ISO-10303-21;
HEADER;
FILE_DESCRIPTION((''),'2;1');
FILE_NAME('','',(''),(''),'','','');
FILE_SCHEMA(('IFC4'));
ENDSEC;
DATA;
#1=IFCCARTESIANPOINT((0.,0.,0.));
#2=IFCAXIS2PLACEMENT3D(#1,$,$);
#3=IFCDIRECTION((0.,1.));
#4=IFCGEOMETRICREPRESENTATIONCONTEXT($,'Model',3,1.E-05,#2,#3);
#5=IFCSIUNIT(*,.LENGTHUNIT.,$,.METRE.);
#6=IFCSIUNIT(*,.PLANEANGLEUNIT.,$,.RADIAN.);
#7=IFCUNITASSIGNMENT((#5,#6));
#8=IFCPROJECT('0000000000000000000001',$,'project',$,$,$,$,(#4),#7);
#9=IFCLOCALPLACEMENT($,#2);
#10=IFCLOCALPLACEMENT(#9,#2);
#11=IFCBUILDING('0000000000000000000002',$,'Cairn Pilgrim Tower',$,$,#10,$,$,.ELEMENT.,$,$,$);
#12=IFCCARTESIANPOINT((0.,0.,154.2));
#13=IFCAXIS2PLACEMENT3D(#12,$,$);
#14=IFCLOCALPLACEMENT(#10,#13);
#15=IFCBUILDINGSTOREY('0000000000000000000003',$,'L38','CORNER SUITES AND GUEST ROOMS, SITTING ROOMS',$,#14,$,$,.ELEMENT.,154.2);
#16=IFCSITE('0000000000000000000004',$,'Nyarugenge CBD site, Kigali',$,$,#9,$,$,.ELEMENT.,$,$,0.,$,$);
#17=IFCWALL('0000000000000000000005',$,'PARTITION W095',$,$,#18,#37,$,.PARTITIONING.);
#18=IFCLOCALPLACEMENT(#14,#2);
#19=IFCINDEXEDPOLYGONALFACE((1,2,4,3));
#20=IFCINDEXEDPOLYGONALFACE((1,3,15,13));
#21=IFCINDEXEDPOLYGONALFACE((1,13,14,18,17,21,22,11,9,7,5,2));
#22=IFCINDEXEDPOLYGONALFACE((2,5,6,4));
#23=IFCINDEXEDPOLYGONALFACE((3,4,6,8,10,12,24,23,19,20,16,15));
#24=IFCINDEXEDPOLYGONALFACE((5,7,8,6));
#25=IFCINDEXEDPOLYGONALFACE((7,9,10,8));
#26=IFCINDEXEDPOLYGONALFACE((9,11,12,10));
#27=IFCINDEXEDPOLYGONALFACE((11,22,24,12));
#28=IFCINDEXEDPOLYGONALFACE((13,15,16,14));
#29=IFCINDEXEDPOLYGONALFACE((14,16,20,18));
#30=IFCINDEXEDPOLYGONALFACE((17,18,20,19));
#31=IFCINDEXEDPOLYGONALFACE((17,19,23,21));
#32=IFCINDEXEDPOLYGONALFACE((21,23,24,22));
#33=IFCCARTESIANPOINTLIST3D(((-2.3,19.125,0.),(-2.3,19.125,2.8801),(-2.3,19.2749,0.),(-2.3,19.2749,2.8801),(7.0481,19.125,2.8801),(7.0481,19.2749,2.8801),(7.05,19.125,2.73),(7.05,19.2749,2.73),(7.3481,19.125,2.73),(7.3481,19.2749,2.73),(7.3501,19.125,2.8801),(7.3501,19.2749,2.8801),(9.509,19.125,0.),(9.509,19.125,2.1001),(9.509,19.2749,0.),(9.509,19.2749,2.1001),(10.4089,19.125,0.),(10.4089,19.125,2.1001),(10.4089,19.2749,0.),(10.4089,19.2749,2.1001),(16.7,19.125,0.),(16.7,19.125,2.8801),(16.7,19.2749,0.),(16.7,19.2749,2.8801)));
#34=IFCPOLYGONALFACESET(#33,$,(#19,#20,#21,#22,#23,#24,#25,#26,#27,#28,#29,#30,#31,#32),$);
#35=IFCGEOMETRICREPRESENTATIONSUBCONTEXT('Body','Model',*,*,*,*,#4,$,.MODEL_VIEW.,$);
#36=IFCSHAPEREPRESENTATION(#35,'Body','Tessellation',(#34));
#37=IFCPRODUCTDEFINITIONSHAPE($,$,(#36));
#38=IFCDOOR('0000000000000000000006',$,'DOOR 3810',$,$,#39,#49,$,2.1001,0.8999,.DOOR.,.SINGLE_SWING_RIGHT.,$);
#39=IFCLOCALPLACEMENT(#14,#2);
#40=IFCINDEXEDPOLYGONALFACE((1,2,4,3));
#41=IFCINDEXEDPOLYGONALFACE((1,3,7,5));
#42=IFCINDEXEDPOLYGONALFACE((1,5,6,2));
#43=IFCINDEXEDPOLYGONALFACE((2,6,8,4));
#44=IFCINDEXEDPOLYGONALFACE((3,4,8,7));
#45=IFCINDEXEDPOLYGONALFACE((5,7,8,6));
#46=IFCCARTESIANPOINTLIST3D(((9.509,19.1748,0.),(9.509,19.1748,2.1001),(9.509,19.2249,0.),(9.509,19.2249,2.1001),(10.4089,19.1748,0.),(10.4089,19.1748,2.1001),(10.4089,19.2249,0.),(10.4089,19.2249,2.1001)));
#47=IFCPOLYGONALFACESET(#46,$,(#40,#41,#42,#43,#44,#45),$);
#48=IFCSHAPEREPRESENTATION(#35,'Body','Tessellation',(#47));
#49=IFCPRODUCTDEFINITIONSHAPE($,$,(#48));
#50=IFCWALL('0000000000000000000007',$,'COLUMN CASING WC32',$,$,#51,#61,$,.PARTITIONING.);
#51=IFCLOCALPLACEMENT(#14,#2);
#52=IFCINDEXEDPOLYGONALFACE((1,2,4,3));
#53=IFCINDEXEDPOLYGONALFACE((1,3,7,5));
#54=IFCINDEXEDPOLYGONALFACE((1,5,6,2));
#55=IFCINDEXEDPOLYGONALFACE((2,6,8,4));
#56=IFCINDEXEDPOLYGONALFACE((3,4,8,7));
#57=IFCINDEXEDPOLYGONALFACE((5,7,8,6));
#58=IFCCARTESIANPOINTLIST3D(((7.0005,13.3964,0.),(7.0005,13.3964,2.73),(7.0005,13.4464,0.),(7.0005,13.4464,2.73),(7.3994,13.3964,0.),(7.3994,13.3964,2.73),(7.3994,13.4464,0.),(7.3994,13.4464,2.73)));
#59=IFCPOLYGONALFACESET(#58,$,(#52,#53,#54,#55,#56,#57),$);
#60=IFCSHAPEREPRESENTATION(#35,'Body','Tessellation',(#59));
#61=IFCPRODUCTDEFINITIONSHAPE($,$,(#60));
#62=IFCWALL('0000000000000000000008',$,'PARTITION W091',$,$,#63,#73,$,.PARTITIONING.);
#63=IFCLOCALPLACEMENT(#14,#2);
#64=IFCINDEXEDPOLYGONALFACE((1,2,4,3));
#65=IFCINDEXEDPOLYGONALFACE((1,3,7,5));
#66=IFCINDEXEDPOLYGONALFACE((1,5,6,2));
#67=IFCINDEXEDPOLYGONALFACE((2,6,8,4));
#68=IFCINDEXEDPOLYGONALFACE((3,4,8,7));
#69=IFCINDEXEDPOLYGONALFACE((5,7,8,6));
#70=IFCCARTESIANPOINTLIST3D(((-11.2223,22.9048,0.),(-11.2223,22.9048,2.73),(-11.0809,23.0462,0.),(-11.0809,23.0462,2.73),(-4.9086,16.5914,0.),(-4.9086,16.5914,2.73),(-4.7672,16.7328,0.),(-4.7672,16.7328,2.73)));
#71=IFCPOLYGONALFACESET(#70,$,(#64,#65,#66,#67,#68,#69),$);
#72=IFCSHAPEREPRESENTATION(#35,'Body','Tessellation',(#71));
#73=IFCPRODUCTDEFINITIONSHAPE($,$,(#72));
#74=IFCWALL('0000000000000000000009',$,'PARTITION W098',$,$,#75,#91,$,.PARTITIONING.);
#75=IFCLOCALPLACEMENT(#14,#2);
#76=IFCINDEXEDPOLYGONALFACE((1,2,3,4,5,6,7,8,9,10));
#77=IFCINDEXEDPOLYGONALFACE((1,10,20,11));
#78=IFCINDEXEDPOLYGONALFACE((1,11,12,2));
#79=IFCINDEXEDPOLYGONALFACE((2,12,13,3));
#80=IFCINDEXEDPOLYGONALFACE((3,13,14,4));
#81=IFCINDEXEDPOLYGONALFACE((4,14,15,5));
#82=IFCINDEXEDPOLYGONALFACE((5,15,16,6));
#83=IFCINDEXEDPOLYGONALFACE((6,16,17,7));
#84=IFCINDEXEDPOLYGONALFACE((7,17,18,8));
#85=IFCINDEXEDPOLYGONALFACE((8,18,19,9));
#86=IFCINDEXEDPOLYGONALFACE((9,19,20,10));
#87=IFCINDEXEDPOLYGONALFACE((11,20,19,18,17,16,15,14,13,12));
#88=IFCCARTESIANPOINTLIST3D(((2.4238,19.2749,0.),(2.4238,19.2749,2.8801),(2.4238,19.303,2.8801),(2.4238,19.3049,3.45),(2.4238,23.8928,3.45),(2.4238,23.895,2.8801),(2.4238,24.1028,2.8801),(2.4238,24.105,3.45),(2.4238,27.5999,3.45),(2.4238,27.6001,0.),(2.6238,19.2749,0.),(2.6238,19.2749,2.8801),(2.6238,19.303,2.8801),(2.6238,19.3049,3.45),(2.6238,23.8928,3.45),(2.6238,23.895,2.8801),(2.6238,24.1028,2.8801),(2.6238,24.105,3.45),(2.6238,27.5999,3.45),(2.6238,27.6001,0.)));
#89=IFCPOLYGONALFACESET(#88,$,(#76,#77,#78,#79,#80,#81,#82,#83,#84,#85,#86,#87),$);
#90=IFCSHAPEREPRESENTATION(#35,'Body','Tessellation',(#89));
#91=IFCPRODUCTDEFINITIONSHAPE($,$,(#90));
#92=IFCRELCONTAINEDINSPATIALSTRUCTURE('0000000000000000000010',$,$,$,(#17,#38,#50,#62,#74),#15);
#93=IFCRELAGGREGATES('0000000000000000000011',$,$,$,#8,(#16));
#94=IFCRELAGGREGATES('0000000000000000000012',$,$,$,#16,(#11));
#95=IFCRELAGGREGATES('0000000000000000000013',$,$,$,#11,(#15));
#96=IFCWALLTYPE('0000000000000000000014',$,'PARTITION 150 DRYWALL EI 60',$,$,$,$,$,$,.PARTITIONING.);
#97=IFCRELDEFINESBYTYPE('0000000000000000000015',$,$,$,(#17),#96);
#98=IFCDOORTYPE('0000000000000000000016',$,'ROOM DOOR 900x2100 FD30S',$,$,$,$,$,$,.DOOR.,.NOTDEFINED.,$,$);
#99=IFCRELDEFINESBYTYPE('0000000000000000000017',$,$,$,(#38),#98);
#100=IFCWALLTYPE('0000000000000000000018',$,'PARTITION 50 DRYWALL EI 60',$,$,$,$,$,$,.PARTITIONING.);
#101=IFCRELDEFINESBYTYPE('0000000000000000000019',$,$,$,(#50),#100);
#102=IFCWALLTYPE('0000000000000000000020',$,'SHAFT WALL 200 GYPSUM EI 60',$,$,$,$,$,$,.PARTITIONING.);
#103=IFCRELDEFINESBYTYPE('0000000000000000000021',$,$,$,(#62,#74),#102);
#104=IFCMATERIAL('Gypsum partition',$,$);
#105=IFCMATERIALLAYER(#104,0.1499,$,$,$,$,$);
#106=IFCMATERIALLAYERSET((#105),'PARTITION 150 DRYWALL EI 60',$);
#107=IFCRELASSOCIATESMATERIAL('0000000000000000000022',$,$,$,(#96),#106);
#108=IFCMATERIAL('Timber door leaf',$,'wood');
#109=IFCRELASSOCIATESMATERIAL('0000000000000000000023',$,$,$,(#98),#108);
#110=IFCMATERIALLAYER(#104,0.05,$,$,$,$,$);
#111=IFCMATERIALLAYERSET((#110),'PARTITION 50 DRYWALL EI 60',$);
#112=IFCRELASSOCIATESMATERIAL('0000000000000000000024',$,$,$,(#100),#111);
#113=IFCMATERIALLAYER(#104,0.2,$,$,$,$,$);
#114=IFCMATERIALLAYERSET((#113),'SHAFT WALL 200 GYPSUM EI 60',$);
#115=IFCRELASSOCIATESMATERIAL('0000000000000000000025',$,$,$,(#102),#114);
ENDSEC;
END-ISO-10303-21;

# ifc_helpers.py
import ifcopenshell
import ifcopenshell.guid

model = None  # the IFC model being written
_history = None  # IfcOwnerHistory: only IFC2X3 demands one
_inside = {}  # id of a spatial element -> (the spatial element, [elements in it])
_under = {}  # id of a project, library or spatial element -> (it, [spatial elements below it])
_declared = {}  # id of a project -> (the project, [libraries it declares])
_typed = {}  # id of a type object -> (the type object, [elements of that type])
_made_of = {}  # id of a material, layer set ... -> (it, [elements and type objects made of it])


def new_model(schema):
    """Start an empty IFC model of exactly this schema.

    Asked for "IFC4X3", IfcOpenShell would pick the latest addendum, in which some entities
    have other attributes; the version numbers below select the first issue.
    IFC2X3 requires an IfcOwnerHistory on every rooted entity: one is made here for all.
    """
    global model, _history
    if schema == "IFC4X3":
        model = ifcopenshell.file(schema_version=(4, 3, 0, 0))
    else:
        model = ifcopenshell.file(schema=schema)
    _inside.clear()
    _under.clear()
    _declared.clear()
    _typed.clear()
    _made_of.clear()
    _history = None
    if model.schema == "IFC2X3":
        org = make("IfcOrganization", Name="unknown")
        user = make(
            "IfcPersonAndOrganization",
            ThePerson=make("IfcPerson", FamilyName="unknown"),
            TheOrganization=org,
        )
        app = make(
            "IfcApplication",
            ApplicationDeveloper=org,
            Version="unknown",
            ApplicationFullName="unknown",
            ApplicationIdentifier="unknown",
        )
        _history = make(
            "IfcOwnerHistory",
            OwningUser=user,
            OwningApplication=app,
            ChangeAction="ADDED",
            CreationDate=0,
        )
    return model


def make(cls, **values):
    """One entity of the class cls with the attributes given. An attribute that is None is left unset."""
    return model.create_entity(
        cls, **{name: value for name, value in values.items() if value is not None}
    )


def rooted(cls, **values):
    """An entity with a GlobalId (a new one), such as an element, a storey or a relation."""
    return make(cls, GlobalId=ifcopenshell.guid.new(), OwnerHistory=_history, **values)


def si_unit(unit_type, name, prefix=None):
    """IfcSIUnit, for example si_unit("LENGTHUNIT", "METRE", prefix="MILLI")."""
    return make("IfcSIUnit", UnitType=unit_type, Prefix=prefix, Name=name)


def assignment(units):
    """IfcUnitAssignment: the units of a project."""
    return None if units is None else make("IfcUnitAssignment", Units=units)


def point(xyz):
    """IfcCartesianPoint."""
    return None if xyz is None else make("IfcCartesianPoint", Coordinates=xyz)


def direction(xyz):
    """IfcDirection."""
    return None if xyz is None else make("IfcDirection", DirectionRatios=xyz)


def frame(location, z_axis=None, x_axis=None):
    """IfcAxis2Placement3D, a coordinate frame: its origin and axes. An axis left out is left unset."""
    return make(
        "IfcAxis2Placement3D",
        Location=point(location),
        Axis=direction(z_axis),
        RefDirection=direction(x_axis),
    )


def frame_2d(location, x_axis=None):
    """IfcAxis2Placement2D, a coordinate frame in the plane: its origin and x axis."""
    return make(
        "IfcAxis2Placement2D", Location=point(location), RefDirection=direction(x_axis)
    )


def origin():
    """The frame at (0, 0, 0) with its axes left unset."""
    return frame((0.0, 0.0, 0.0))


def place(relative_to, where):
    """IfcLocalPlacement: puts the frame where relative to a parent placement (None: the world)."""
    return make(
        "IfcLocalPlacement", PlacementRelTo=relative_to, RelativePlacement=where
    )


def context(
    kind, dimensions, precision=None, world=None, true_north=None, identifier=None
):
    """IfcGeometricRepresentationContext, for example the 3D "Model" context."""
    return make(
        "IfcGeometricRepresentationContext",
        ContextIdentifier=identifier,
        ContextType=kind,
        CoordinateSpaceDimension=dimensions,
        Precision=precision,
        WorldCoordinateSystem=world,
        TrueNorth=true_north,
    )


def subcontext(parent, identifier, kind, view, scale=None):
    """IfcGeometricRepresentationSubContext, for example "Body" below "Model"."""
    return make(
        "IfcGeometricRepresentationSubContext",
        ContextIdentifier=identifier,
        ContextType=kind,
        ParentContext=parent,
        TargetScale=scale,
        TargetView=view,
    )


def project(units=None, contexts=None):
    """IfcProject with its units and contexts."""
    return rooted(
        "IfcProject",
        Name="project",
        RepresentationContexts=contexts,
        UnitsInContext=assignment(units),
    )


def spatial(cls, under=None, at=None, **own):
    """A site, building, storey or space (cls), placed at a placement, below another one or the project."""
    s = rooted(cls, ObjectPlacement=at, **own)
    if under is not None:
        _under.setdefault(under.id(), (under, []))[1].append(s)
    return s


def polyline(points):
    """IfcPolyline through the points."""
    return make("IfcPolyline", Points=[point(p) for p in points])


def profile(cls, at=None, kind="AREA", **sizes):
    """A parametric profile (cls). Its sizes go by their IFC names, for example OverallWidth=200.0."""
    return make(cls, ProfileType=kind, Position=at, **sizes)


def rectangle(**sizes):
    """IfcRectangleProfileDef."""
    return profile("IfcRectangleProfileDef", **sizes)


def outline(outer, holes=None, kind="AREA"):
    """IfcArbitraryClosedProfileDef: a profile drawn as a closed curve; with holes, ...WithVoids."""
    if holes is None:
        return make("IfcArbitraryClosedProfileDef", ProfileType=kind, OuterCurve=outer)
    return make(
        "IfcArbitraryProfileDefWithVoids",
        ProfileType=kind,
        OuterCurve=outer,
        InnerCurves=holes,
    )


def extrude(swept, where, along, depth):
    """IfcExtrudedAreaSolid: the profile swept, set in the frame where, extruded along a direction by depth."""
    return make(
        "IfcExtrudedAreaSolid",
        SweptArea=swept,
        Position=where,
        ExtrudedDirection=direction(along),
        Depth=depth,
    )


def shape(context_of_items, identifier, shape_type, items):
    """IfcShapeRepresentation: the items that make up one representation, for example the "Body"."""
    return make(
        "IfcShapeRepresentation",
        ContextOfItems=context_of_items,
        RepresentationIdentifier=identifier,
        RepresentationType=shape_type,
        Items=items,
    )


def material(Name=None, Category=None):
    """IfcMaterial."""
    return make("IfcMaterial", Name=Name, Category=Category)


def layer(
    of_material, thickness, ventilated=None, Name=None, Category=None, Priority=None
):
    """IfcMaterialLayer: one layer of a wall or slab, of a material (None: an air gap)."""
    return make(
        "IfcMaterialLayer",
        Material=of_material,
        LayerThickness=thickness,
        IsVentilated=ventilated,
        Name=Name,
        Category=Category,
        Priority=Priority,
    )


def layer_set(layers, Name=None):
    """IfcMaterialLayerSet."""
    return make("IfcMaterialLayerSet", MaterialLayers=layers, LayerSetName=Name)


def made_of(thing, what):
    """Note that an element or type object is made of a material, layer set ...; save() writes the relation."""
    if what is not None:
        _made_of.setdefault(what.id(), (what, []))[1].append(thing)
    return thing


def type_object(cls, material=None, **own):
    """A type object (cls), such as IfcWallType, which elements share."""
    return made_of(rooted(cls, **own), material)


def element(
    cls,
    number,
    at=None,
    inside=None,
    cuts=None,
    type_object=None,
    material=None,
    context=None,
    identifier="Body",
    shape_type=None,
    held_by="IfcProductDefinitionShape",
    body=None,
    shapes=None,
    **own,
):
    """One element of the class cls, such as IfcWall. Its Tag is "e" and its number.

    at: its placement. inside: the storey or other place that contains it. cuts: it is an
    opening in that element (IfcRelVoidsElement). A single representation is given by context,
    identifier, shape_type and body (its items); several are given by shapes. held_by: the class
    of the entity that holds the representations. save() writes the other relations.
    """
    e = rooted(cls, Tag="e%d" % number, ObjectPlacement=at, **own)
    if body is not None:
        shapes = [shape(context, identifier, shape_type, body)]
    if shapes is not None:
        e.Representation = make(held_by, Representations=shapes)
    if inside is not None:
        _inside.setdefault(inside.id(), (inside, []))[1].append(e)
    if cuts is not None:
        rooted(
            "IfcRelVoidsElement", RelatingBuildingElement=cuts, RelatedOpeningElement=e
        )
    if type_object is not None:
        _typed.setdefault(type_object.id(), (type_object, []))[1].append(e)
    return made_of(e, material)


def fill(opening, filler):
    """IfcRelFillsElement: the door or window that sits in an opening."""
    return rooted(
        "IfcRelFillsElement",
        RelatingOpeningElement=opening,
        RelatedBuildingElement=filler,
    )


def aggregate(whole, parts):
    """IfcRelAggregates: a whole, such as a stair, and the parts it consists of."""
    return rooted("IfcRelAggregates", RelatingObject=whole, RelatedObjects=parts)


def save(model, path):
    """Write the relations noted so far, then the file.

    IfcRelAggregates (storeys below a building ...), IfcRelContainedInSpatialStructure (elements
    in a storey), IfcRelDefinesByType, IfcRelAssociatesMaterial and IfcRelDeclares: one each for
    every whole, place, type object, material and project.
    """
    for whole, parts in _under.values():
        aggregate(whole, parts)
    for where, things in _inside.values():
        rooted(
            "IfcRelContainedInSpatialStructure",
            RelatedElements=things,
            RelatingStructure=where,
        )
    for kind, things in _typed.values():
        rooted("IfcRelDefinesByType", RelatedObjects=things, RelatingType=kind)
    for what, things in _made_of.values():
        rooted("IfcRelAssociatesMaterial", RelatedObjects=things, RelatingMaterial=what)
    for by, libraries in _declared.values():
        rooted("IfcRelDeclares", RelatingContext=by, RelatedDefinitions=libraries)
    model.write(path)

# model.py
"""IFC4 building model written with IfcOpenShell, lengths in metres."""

from ifc_helpers import new_model, si_unit, direction, frame, frame_2d, origin, place, context, subcontext, project, spatial, polyline, rectangle, outline, extrude, material, layer, layer_set, type_object, element, fill, save


model = new_model("IFC4")

# Units and contexts
model_context = context("Model", 3, precision=1e-05, world=origin(), true_north=direction((0.0, 1.0)))
body_context = subcontext(model_context, "Body", "Model", "MODEL_VIEW")
ifc_project = project(units=[si_unit("LENGTHUNIT", "METRE"), si_unit("PLANEANGLEUNIT", "RADIAN")], contexts=[model_context])

# Site, building, storey
site_placement = place(None, origin())
site = spatial("IfcSite", under=ifc_project, at=site_placement, Name="Nyarugenge CBD site, Kigali", CompositionType="ELEMENT", RefElevation=0.0)
building_placement = place(site_placement, origin())
building = spatial("IfcBuilding", under=site, at=building_placement, Name="Cairn Pilgrim Tower", CompositionType="ELEMENT")
storey_placement = place(building_placement, frame((0.0, 0.0, 154.2)))
storey = spatial("IfcBuildingStorey", under=building, at=storey_placement, Name="L38", Description="CORNER SUITES AND GUEST ROOMS, SITTING ROOMS", CompositionType="ELEMENT", Elevation=154.2)

# Shared definitions
ifc_material_1 = material(Name="Gypsum partition")

# Shared definitions
ifc_material_2 = material(Name="Timber door leaf", Category="wood")

# Shared definitions
ifc_layer_1 = layer(ifc_material_1, 0.1499)
ifc_layer_set_1 = layer_set([ifc_layer_1], Name="PARTITION 150 DRYWALL EI 60")
wall_type_1 = type_object("IfcWallType", Name="PARTITION 150 DRYWALL EI 60", PredefinedType="PARTITIONING", material=ifc_layer_set_1)

# Wall, opening, door
wall_1_placement = place(storey_placement, frame((-2.3, 19.2, 0.0), z_axis=(0.0, 0.0, 1.0), x_axis=(1.0, 0.0, 0.0)))
wall_1 = element("IfcWall", 1, at=wall_1_placement, inside=storey, type_object=wall_type_1, Name="PARTITION W095", PredefinedType="PARTITIONING", context=body_context, shape_type="SweptSolid", body=[
    extrude(outline(polyline([(0.0, 0.0), (19.0, 0.0), (19.0, 2.8801), (9.6501, 2.8801), (9.6482, 2.73), (9.3501, 2.73), (9.3481, 2.8801), (0.0, 2.8801), (0.0, 0.0)])), frame((0.0, 0.075, 0.0), z_axis=(0.0, -1.0, 0.0), x_axis=(1.0, 0.0, 0.0)), (0.0, 0.0, 1.0), 0.1499),
])
opening_1_placement = place(wall_1_placement, frame((11.8091, 0.0, 0.0)))
opening_1 = element("IfcOpeningElement", 2, at=opening_1_placement, cuts=wall_1, PredefinedType="OPENING", context=body_context, shape_type="SweptSolid", body=[
    extrude(rectangle(XDim=0.8999, YDim=2.1001, at=frame_2d((0.45, 1.05))), frame((0.0, 0.085, 0.0), z_axis=(0.0, -1.0, 0.0), x_axis=(1.0, 0.0, 0.0)), (0.0, 0.0, 1.0), 0.1699),
])
door_type_1 = type_object("IfcDoorType", Name="ROOM DOOR 900x2100 FD30S", OperationType="NOTDEFINED", PredefinedType="DOOR", material=ifc_material_2)
door_1_placement = place(opening_1_placement, origin())
door_1 = element("IfcDoor", 3, at=door_1_placement, inside=storey, type_object=door_type_1, Name="DOOR 3810", OperationType="SINGLE_SWING_RIGHT", OverallHeight=2.1001, OverallWidth=0.8999, PredefinedType="DOOR", context=body_context, shape_type="SweptSolid", body=[
    extrude(rectangle(XDim=0.8999, YDim=2.1001, at=frame_2d((0.45, 1.05))), frame((0.0, 0.0249, 0.0), z_axis=(0.0, -1.0, 0.0), x_axis=(1.0, 0.0, 0.0)), (0.0, 0.0, 1.0), 0.05),
])
fill(opening_1, door_1)

# Walls
ifc_layer_2 = layer(ifc_material_1, 0.05)
ifc_layer_set_2 = layer_set([ifc_layer_2], Name="PARTITION 50 DRYWALL EI 60")
wall_type_2 = type_object("IfcWallType", Name="PARTITION 50 DRYWALL EI 60", PredefinedType="PARTITIONING", material=ifc_layer_set_2)
wall_2_placement = place(storey_placement, frame((7.0005, 13.4214, 0.0), z_axis=(0.0, 0.0, 1.0), x_axis=(1.0, 0.0, 0.0)))
element("IfcWall", 4, at=wall_2_placement, inside=storey, type_object=wall_type_2, Name="COLUMN CASING WC32", PredefinedType="PARTITIONING", context=body_context, shape_type="SweptSolid", body=[
    extrude(rectangle(XDim=0.3989, YDim=0.05, at=frame_2d((0.1995, 0.0))), origin(), (0.0, 0.0, 1.0), 2.73),
])
ifc_layer_3 = layer(ifc_material_1, 0.2)
ifc_layer_set_3 = layer_set([ifc_layer_3], Name="SHAFT WALL 200 GYPSUM EI 60")
wall_type_3 = type_object("IfcWallType", Name="SHAFT WALL 200 GYPSUM EI 60", PredefinedType="PARTITIONING", material=ifc_layer_set_3)
wall_3_placement = place(storey_placement, frame((-4.8379, 16.6621, 0.0), z_axis=(0.0, 0.0, 1.0), x_axis=(-0.70712, 0.707093, 0.0)))
element("IfcWall", 5, at=wall_3_placement, inside=storey, type_object=wall_type_3, Name="PARTITION W091", PredefinedType="PARTITIONING", context=body_context, shape_type="SweptSolid", body=[
    extrude(rectangle(XDim=8.9287, YDim=0.2, at=frame_2d((4.4644, 0.0))), origin(), (0.0, 0.0, 1.0), 2.73),
])
wall_4_placement = place(storey_placement, frame((2.5239, 19.2749, 0.0), z_axis=(0.0, 0.0, 1.0), x_axis=(0.0, 1.0, 0.0)))
element("IfcWall", 6, at=wall_4_placement, inside=storey, type_object=wall_type_3, Name="PARTITION W098", PredefinedType="PARTITIONING", context=body_context, shape_type="SweptSolid", body=[
    extrude(outline(polyline([(0.0, 0.0), (8.3252, 0.0), (8.325, 3.45), (4.8301, 3.45), (4.8279, 2.8801), (4.6201, 2.8801), (4.6179, 3.45), (0.03, 3.45), (0.0281, 2.8801), (0.0, 2.8801), (0.0, 0.0)])), frame((0.0, 0.1001, 0.0), z_axis=(0.0, -1.0, 0.0), x_axis=(1.0, 0.0, 0.0)), (0.0, 0.0, 1.0), 0.2),
])

save(model, "model.ifc")
